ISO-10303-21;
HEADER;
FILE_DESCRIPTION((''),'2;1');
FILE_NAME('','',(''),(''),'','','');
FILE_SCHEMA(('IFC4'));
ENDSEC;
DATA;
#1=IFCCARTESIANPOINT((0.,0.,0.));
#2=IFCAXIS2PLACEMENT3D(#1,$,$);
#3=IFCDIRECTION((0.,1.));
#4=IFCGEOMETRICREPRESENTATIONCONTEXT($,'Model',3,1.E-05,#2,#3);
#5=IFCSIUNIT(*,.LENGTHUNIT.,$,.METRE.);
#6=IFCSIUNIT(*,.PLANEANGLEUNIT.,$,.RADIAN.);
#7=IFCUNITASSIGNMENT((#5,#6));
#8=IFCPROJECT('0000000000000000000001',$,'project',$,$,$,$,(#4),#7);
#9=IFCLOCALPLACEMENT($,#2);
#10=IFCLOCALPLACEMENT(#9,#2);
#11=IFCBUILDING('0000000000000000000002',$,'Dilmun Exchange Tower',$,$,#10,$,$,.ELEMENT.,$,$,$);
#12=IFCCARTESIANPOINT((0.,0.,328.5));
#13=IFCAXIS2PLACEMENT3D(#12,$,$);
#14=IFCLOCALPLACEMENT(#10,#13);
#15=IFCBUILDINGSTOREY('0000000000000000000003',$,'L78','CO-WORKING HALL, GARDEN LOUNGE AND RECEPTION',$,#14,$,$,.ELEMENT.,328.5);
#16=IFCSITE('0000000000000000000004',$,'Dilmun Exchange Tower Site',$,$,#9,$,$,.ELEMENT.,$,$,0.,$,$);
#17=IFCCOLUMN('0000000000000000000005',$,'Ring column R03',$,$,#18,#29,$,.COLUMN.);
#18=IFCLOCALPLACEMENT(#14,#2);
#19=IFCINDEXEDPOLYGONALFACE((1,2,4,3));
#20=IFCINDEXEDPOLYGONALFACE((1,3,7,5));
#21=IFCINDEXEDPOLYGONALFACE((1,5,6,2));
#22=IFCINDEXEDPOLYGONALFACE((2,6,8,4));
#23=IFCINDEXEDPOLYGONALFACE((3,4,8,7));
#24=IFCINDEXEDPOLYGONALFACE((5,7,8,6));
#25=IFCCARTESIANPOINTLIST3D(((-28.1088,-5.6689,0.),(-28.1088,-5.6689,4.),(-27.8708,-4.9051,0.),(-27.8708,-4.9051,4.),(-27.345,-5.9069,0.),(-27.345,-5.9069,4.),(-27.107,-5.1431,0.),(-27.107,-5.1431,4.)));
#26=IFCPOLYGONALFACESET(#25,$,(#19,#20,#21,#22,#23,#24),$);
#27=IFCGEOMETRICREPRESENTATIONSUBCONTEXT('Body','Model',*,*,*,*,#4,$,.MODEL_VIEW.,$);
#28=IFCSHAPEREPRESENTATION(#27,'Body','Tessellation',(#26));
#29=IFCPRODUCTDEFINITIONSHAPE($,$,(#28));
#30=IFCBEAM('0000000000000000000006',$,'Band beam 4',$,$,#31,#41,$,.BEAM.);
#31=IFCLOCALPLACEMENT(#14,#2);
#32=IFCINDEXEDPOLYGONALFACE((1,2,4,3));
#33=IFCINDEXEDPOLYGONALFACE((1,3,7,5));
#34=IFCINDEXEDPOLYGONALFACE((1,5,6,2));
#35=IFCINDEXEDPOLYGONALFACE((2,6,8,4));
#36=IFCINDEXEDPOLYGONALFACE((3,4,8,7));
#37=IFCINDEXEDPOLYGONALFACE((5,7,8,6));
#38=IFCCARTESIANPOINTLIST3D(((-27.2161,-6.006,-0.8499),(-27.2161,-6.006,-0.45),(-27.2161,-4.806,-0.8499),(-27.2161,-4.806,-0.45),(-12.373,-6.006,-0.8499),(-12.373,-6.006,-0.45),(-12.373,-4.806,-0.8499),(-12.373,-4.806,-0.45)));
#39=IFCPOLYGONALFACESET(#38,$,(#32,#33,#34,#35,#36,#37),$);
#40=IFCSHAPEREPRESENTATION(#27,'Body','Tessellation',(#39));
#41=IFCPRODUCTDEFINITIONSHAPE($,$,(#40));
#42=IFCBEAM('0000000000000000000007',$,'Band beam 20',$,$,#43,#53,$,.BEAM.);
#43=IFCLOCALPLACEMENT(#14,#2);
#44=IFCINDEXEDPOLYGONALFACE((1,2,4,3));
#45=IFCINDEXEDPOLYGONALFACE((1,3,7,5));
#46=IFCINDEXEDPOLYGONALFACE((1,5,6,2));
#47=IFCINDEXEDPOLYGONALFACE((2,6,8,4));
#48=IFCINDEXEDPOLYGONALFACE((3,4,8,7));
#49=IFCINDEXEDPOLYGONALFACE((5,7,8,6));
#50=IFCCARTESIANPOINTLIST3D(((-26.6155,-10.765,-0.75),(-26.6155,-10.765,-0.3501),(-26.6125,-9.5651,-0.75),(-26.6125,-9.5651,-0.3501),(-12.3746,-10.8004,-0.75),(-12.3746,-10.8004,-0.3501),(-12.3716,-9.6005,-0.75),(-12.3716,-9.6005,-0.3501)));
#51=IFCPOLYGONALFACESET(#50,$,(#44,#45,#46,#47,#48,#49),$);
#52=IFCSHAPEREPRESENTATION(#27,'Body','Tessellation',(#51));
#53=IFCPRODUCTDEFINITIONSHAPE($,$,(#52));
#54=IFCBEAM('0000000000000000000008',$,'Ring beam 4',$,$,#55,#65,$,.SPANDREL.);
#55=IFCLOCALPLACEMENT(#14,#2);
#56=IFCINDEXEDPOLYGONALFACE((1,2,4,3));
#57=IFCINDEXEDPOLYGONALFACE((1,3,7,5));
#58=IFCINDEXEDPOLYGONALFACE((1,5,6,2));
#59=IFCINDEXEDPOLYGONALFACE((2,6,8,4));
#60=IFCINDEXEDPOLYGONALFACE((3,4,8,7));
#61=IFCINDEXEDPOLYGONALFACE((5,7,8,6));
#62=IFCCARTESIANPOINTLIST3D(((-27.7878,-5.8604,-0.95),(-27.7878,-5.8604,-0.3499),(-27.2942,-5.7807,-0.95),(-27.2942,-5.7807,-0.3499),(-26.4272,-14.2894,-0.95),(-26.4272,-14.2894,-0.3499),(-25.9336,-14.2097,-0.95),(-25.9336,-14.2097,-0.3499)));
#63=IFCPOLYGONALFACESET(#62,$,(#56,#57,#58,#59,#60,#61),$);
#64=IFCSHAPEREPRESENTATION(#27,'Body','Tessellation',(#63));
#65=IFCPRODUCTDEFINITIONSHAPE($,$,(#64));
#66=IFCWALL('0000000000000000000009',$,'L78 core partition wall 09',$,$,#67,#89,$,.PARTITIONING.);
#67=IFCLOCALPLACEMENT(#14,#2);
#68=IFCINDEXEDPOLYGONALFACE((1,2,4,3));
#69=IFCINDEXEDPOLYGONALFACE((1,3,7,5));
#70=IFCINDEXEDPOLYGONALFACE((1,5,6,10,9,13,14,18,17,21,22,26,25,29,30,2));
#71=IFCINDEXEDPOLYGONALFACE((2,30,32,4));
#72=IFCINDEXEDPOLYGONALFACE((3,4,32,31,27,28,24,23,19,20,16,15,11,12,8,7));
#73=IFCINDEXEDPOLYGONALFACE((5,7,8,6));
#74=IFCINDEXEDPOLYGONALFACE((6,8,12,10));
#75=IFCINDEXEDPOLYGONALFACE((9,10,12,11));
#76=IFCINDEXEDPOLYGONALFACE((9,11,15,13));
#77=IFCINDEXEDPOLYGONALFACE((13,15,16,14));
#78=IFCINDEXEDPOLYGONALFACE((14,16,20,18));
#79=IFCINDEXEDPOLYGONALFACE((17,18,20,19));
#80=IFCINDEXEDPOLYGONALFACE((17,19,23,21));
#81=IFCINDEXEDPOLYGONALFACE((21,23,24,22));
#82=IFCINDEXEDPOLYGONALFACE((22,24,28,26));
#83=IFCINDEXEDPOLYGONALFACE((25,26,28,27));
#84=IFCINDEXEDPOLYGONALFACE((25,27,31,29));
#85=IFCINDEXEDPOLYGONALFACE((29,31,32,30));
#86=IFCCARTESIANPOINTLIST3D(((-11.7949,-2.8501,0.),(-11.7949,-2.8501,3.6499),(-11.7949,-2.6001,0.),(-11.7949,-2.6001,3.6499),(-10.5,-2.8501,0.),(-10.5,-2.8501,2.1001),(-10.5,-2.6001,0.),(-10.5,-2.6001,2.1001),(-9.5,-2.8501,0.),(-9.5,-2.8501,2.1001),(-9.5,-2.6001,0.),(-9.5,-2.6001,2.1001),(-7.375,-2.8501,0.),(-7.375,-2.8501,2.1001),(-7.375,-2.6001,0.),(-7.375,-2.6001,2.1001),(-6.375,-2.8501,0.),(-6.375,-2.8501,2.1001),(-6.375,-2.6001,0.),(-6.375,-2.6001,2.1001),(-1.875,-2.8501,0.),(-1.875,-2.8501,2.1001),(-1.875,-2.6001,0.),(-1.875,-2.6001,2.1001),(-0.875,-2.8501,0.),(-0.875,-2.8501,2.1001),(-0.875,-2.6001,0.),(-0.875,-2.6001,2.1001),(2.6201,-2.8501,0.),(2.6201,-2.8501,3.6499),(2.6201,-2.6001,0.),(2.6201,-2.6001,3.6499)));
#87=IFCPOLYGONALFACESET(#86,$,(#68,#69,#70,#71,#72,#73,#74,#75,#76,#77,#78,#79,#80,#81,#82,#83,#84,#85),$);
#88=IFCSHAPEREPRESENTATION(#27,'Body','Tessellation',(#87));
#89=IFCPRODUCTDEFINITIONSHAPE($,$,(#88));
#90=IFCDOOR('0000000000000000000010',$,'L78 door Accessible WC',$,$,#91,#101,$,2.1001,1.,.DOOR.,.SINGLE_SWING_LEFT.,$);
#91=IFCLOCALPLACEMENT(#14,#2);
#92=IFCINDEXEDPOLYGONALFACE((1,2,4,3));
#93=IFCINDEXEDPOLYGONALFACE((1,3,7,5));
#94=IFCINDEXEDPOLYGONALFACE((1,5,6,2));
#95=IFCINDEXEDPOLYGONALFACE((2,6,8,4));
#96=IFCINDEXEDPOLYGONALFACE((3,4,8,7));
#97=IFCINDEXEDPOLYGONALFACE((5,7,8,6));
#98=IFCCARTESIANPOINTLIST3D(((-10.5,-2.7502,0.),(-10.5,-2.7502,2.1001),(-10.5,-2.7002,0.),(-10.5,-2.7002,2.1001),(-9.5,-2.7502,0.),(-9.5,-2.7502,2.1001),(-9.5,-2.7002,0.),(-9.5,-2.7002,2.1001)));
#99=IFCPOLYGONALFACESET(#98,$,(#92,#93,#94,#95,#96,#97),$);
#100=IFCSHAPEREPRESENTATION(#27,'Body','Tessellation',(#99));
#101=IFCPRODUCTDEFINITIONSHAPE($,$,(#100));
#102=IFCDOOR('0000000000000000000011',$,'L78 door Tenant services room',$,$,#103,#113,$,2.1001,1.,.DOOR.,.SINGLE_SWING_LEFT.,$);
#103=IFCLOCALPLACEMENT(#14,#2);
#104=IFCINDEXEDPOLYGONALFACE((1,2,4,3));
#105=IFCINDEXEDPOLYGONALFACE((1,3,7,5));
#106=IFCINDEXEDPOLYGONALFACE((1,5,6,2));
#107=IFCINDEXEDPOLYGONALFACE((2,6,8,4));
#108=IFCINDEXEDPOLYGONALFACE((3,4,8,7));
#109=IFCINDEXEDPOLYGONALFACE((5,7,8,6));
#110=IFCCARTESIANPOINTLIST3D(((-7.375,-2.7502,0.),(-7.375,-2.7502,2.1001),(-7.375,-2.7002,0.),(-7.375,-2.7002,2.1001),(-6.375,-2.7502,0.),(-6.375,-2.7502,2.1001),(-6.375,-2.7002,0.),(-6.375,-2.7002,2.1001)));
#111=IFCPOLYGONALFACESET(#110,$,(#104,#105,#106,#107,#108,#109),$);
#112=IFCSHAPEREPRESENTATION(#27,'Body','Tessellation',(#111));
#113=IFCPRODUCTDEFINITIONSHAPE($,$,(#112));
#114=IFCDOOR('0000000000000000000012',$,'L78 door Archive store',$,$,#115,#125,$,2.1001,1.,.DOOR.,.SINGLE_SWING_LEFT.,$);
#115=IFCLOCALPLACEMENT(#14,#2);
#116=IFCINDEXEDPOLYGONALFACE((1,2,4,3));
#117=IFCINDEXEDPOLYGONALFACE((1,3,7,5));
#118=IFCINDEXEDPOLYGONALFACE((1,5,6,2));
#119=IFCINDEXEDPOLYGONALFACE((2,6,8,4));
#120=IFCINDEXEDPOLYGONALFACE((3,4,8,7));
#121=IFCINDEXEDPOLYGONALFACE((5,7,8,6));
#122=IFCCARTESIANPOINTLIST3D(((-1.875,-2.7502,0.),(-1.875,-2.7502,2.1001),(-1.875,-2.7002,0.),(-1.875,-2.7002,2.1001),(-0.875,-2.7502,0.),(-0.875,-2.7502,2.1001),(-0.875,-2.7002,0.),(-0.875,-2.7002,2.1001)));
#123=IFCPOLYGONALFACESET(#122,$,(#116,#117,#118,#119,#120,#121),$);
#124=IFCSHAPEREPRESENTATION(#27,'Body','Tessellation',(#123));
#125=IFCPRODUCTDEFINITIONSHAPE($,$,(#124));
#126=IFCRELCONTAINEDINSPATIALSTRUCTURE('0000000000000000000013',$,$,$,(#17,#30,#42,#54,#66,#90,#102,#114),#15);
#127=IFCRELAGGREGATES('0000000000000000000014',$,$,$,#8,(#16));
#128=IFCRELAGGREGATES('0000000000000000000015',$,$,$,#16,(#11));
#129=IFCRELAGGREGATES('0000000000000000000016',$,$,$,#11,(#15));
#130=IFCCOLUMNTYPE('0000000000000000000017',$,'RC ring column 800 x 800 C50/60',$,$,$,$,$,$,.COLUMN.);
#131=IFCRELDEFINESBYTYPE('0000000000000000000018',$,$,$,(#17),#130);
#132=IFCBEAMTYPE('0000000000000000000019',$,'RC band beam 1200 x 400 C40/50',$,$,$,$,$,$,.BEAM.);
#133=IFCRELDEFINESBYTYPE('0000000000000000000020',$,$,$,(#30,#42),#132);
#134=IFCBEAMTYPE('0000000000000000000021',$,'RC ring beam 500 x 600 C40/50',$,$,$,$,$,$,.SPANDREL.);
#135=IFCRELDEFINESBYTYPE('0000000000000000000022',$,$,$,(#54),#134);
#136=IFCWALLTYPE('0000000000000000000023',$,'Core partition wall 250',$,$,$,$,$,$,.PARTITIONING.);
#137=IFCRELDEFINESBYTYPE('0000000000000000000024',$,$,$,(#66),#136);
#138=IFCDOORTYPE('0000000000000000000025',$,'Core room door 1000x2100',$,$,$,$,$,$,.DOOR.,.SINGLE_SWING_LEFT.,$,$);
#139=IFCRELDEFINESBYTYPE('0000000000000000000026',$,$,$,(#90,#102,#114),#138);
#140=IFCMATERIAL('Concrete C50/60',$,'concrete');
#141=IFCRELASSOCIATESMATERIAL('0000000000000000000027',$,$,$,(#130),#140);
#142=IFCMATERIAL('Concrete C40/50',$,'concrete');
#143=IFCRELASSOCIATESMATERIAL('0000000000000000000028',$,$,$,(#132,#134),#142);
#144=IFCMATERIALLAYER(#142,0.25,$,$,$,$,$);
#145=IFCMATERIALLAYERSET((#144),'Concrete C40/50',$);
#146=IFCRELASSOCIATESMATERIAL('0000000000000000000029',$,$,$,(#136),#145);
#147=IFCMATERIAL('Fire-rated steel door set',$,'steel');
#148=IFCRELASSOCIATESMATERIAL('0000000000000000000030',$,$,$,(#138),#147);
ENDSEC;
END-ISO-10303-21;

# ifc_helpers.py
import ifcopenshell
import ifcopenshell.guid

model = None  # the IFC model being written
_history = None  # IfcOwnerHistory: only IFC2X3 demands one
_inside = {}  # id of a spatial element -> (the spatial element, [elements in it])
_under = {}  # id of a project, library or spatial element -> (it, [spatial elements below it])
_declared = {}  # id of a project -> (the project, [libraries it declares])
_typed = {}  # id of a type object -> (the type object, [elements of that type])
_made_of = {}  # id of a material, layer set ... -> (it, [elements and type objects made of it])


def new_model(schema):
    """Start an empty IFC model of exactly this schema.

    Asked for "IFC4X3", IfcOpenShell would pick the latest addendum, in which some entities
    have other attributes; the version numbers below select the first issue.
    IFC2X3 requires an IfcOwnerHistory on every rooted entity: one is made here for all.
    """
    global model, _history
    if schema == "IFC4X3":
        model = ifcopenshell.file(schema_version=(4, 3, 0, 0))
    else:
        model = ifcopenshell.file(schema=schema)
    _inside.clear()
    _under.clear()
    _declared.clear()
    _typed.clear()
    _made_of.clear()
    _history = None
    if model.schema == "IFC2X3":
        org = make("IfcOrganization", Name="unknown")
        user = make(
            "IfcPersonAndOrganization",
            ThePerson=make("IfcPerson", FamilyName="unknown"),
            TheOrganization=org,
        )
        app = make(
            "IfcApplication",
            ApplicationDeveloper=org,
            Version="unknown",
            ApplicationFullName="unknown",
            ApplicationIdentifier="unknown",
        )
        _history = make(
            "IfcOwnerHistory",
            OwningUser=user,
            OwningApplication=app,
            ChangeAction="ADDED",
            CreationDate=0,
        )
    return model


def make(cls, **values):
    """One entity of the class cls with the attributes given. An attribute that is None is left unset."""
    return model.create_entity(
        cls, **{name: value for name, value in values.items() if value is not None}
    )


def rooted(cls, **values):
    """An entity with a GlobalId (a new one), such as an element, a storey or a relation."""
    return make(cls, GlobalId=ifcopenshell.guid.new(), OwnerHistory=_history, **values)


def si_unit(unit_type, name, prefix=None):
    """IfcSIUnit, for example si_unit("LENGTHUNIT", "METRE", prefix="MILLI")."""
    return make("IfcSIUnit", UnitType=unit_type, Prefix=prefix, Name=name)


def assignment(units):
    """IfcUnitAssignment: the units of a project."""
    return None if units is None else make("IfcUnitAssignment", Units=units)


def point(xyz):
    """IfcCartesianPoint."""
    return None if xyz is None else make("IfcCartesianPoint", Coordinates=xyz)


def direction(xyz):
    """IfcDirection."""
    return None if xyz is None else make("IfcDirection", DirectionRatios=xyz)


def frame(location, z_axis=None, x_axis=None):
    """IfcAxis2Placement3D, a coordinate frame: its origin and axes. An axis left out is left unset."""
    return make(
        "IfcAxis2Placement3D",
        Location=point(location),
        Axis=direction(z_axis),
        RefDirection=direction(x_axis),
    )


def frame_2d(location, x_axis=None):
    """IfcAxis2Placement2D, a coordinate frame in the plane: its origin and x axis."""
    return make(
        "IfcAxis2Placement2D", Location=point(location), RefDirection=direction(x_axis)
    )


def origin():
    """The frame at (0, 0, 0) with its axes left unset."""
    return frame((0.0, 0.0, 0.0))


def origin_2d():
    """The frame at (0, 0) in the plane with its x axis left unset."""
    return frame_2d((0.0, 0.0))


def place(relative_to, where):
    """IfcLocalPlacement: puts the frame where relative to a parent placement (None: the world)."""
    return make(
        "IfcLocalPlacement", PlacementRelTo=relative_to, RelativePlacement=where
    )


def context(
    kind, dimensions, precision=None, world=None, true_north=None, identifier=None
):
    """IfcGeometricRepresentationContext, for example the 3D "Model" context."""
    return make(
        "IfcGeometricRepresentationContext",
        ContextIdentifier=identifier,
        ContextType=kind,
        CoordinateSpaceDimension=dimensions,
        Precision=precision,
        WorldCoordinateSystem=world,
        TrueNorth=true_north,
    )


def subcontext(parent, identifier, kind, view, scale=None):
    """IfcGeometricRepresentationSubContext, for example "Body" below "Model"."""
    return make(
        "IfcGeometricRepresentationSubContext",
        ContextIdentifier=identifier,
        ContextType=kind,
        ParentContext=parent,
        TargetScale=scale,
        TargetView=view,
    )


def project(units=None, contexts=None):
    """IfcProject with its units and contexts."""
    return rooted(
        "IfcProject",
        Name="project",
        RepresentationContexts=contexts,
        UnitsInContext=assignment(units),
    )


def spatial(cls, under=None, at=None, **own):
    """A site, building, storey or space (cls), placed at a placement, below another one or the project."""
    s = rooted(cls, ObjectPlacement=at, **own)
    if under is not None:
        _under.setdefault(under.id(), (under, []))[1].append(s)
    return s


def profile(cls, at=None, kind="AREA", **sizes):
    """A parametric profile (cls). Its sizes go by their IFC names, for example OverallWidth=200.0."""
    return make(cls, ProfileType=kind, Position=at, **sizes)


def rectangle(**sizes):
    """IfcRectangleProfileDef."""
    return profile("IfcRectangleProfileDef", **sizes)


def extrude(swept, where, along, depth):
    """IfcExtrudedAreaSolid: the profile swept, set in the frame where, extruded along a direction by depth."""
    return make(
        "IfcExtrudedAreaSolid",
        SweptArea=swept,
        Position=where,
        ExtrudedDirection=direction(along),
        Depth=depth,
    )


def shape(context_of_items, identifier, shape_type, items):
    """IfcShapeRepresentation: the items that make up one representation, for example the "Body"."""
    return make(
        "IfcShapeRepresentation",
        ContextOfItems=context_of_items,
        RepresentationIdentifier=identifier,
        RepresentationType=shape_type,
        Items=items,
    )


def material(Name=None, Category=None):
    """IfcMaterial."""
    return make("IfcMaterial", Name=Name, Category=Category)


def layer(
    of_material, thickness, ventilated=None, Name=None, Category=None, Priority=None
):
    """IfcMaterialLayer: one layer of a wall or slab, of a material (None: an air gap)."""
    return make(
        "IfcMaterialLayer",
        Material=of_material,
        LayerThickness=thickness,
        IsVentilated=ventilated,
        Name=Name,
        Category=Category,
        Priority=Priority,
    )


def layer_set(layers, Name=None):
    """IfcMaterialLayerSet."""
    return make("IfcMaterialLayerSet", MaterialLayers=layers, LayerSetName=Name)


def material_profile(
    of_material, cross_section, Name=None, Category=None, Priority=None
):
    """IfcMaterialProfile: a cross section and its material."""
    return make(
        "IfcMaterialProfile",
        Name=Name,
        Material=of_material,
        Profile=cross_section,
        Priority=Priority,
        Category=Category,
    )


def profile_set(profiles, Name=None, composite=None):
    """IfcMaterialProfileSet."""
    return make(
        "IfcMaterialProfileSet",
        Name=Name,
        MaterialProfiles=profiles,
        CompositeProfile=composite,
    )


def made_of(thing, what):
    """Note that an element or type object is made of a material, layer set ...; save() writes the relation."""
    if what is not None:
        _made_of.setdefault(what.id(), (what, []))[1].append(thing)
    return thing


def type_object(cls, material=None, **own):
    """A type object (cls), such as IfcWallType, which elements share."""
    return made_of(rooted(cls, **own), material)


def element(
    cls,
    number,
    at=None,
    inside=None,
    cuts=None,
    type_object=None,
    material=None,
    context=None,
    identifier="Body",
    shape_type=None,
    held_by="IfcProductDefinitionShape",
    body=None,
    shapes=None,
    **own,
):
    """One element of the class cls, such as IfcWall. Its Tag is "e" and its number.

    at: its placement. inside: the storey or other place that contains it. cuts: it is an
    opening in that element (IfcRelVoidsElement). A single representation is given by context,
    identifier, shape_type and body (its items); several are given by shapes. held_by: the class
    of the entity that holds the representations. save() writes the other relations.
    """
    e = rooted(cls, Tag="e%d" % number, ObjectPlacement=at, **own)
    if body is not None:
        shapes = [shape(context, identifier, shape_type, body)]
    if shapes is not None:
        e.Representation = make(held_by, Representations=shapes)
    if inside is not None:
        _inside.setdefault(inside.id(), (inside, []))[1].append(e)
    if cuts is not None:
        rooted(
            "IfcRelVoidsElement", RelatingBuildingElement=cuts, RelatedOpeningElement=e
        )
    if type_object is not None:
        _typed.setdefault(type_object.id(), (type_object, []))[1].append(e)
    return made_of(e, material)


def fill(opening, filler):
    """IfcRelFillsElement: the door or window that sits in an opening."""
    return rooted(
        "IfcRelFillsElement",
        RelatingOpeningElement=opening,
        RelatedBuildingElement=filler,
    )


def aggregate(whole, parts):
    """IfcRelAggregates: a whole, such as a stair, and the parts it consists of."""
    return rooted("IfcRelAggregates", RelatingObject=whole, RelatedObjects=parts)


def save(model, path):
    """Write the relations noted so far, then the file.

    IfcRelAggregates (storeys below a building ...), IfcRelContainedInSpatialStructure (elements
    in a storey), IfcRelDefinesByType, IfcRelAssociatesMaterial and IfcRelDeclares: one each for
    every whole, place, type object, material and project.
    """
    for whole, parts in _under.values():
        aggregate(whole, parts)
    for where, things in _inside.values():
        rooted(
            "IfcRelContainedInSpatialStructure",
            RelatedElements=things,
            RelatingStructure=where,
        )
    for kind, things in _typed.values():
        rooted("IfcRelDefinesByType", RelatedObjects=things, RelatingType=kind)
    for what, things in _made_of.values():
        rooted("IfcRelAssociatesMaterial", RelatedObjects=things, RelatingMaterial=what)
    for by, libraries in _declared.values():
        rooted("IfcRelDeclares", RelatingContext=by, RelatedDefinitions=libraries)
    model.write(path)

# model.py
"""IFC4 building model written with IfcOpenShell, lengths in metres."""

from ifc_helpers import new_model, si_unit, direction, frame, frame_2d, origin, origin_2d, place, context, subcontext, project, spatial, rectangle, extrude, material, layer, layer_set, material_profile, profile_set, type_object, element, fill, save


model = new_model("IFC4")

# Units and contexts
model_context = context("Model", 3, precision=1e-05, world=origin(), true_north=direction((0.0, 1.0)))
body_context = subcontext(model_context, "Body", "Model", "MODEL_VIEW")
ifc_project = project(units=[si_unit("LENGTHUNIT", "METRE"), si_unit("PLANEANGLEUNIT", "RADIAN")], contexts=[model_context])

# Site, building, storey
site_placement = place(None, origin())
site = spatial("IfcSite", under=ifc_project, at=site_placement, Name="Dilmun Exchange Tower Site", CompositionType="ELEMENT", RefElevation=0.0)
building_placement = place(site_placement, origin())
building = spatial("IfcBuilding", under=site, at=building_placement, Name="Dilmun Exchange Tower", CompositionType="ELEMENT")
storey_placement = place(building_placement, frame((0.0, 0.0, 328.5)))
storey = spatial("IfcBuildingStorey", under=building, at=storey_placement, Name="L78", Description="CO-WORKING HALL, GARDEN LOUNGE AND RECEPTION", CompositionType="ELEMENT", Elevation=328.5)

# Column
ifc_material_1 = material(Name="Concrete C50/60", Category="concrete")
ifc_material_profile_1 = material_profile(ifc_material_1, rectangle(XDim=0.8, YDim=0.8, at=origin_2d()), Name="800 x 800")
ifc_profile_set_1 = profile_set([ifc_material_profile_1], Name="Concrete C50/60")
column_type = type_object("IfcColumnType", Name="RC ring column 800 x 800 C50/60", PredefinedType="COLUMN", material=ifc_profile_set_1)
column_placement = place(storey_placement, frame((-27.6079, -5.406, 0.0), z_axis=(0.0, 0.0, 1.0), x_axis=(0.297503, 0.954721, 0.0)))
element("IfcColumn", 1, at=column_placement, inside=storey, type_object=column_type, Name="Ring column R03", PredefinedType="COLUMN", context=body_context, shape_type="SweptSolid", body=[
    extrude(rectangle(XDim=0.8, YDim=0.8, at=origin_2d()), origin(), (0.0, 0.0, 1.0), 4.0),
])

# Beams
ifc_material_2 = material(Name="Concrete C40/50", Category="concrete")
ifc_material_profile_2 = material_profile(ifc_material_2, rectangle(XDim=1.2, YDim=0.3999, at=origin_2d()), Name="1200 x 400")
ifc_profile_set_2 = profile_set([ifc_material_profile_2], Name="Concrete C40/50")
beam_type_1 = type_object("IfcBeamType", Name="RC band beam 1200 x 400 C40/50", PredefinedType="BEAM", material=ifc_profile_set_2)
beam_1_placement = place(storey_placement, frame((-27.2161, -5.406, -0.6499), z_axis=(1.0, 0.0, 0.0), x_axis=(0.0, 1.0, 0.0)))
element("IfcBeam", 2, at=beam_1_placement, inside=storey, type_object=beam_type_1, Name="Band beam 4", PredefinedType="BEAM", context=body_context, shape_type="SweptSolid", body=[
    extrude(rectangle(XDim=1.2, YDim=0.3999, at=origin_2d()), origin(), (0.0, 0.0, 1.0), 14.843),
])
beam_2_placement = place(storey_placement, frame((-26.614, -10.165, -0.55), z_axis=(0.999997, -0.002486, 0.0), x_axis=(0.002486, 0.999997, 0.0)))
element("IfcBeam", 3, at=beam_2_placement, inside=storey, type_object=beam_type_1, Name="Band beam 20", PredefinedType="BEAM", context=body_context, shape_type="SweptSolid", body=[
    extrude(rectangle(XDim=1.2, YDim=0.3999, at=origin_2d()), origin(), (0.0, 0.0, 1.0), 14.241),
])
ifc_material_profile_3 = material_profile(ifc_material_2, rectangle(XDim=0.5, YDim=0.6001, at=origin_2d()), Name="500 x 600")
ifc_profile_set_3 = profile_set([ifc_material_profile_3], Name="Concrete C40/50")
beam_type_2 = type_object("IfcBeamType", Name="RC ring beam 500 x 600 C40/50", PredefinedType="SPANDREL", material=ifc_profile_set_3)
beam_3_placement = place(storey_placement, frame((-27.541, -5.8206, -0.6499), z_axis=(0.159357, -0.987221, 0.0), x_axis=(0.987221, 0.159357, 0.0)))
element("IfcBeam", 4, at=beam_3_placement, inside=storey, type_object=beam_type_2, Name="Ring beam 4", PredefinedType="SPANDREL", context=body_context, shape_type="SweptSolid", body=[
    extrude(rectangle(XDim=0.5, YDim=0.6001, at=origin_2d()), origin(), (0.0, 0.0, 1.0), 8.5381),
])

# Wall, openings, doors
ifc_layer_1 = layer(ifc_material_2, 0.25)
ifc_layer_set_1 = layer_set([ifc_layer_1], Name="Concrete C40/50")
wall_type_1 = type_object("IfcWallType", Name="Core partition wall 250", PredefinedType="PARTITIONING", material=ifc_layer_set_1)
wall_1_placement = place(storey_placement, frame((-11.7949, -2.7251, 0.0), z_axis=(0.0, 0.0, 1.0), x_axis=(1.0, 0.0, 0.0)))
wall_1 = element("IfcWall", 5, at=wall_1_placement, inside=storey, type_object=wall_type_1, Name="L78 core partition wall 09", PredefinedType="PARTITIONING", context=body_context, shape_type="SweptSolid", body=[
    extrude(rectangle(XDim=14.415, YDim=0.25, at=frame_2d((7.2075, 0.0))), origin(), (0.0, 0.0, 1.0), 3.6499),
])
opening_1_placement = place(wall_1_placement, frame((1.2949, 0.0, 0.0)))
opening_1 = element("IfcOpeningElement", 6, at=opening_1_placement, cuts=wall_1, PredefinedType="OPENING", context=body_context, shape_type="SweptSolid", body=[
    extrude(rectangle(XDim=1.0, YDim=2.1001, at=frame_2d((0.5, 1.05))), frame((0.0, 0.135, 0.0), z_axis=(0.0, -1.0, 0.0), x_axis=(1.0, 0.0, 0.0)), (0.0, 0.0, 1.0), 0.27),
])
opening_2_placement = place(wall_1_placement, frame((4.4199, 0.0, 0.0)))
opening_2 = element("IfcOpeningElement", 7, at=opening_2_placement, cuts=wall_1, PredefinedType="OPENING", context=body_context, shape_type="SweptSolid", body=[
    extrude(rectangle(XDim=1.0, YDim=2.1001, at=frame_2d((0.5, 1.05))), frame((0.0, 0.135, 0.0), z_axis=(0.0, -1.0, 0.0), x_axis=(1.0, 0.0, 0.0)), (0.0, 0.0, 1.0), 0.27),
])
opening_3_placement = place(wall_1_placement, frame((9.9199, 0.0, 0.0)))
opening_3 = element("IfcOpeningElement", 8, at=opening_3_placement, cuts=wall_1, PredefinedType="OPENING", context=body_context, shape_type="SweptSolid", body=[
    extrude(rectangle(XDim=1.0, YDim=2.1001, at=frame_2d((0.5, 1.05))), frame((0.0, 0.135, 0.0), z_axis=(0.0, -1.0, 0.0), x_axis=(1.0, 0.0, 0.0)), (0.0, 0.0, 1.0), 0.27),
])
ifc_material_3 = material(Name="Fire-rated steel door set", Category="steel")
door_type_1 = type_object("IfcDoorType", Name="Core room door 1000x2100", OperationType="SINGLE_SWING_LEFT", PredefinedType="DOOR", material=ifc_material_3)
door_1_placement = place(opening_1_placement, origin())
door_1 = element("IfcDoor", 9, at=door_1_placement, inside=storey, type_object=door_type_1, Name="L78 door Accessible WC", OperationType="SINGLE_SWING_LEFT", OverallHeight=2.1001, OverallWidth=1.0, PredefinedType="DOOR", context=body_context, shape_type="SweptSolid", body=[
    extrude(rectangle(XDim=1.0, YDim=2.1001, at=frame_2d((0.5, 1.05))), frame((0.0, 0.0249, 0.0), z_axis=(0.0, -1.0, 0.0), x_axis=(1.0, 0.0, 0.0)), (0.0, 0.0, 1.0), 0.05),
])
fill(opening_1, door_1)
door_2_placement = place(opening_2_placement, origin())
door_2 = element("IfcDoor", 10, at=door_2_placement, inside=storey, type_object=door_type_1, Name="L78 door Tenant services room", OperationType="SINGLE_SWING_LEFT", OverallHeight=2.1001, OverallWidth=1.0, PredefinedType="DOOR", context=body_context, shape_type="SweptSolid", body=[
    extrude(rectangle(XDim=1.0, YDim=2.1001, at=frame_2d((0.5, 1.05))), frame((0.0, 0.0249, 0.0), z_axis=(0.0, -1.0, 0.0), x_axis=(1.0, 0.0, 0.0)), (0.0, 0.0, 1.0), 0.05),
])
fill(opening_2, door_2)
door_3_placement = place(opening_3_placement, origin())
door_3 = element("IfcDoor", 11, at=door_3_placement, inside=storey, type_object=door_type_1, Name="L78 door Archive store", OperationType="SINGLE_SWING_LEFT", OverallHeight=2.1001, OverallWidth=1.0, PredefinedType="DOOR", context=body_context, shape_type="SweptSolid", body=[
    extrude(rectangle(XDim=1.0, YDim=2.1001, at=frame_2d((0.5, 1.05))), frame((0.0, 0.0249, 0.0), z_axis=(0.0, -1.0, 0.0), x_axis=(1.0, 0.0, 0.0)), (0.0, 0.0, 1.0), 0.05),
])
fill(opening_3, door_3)

save(model, "model.ifc")
